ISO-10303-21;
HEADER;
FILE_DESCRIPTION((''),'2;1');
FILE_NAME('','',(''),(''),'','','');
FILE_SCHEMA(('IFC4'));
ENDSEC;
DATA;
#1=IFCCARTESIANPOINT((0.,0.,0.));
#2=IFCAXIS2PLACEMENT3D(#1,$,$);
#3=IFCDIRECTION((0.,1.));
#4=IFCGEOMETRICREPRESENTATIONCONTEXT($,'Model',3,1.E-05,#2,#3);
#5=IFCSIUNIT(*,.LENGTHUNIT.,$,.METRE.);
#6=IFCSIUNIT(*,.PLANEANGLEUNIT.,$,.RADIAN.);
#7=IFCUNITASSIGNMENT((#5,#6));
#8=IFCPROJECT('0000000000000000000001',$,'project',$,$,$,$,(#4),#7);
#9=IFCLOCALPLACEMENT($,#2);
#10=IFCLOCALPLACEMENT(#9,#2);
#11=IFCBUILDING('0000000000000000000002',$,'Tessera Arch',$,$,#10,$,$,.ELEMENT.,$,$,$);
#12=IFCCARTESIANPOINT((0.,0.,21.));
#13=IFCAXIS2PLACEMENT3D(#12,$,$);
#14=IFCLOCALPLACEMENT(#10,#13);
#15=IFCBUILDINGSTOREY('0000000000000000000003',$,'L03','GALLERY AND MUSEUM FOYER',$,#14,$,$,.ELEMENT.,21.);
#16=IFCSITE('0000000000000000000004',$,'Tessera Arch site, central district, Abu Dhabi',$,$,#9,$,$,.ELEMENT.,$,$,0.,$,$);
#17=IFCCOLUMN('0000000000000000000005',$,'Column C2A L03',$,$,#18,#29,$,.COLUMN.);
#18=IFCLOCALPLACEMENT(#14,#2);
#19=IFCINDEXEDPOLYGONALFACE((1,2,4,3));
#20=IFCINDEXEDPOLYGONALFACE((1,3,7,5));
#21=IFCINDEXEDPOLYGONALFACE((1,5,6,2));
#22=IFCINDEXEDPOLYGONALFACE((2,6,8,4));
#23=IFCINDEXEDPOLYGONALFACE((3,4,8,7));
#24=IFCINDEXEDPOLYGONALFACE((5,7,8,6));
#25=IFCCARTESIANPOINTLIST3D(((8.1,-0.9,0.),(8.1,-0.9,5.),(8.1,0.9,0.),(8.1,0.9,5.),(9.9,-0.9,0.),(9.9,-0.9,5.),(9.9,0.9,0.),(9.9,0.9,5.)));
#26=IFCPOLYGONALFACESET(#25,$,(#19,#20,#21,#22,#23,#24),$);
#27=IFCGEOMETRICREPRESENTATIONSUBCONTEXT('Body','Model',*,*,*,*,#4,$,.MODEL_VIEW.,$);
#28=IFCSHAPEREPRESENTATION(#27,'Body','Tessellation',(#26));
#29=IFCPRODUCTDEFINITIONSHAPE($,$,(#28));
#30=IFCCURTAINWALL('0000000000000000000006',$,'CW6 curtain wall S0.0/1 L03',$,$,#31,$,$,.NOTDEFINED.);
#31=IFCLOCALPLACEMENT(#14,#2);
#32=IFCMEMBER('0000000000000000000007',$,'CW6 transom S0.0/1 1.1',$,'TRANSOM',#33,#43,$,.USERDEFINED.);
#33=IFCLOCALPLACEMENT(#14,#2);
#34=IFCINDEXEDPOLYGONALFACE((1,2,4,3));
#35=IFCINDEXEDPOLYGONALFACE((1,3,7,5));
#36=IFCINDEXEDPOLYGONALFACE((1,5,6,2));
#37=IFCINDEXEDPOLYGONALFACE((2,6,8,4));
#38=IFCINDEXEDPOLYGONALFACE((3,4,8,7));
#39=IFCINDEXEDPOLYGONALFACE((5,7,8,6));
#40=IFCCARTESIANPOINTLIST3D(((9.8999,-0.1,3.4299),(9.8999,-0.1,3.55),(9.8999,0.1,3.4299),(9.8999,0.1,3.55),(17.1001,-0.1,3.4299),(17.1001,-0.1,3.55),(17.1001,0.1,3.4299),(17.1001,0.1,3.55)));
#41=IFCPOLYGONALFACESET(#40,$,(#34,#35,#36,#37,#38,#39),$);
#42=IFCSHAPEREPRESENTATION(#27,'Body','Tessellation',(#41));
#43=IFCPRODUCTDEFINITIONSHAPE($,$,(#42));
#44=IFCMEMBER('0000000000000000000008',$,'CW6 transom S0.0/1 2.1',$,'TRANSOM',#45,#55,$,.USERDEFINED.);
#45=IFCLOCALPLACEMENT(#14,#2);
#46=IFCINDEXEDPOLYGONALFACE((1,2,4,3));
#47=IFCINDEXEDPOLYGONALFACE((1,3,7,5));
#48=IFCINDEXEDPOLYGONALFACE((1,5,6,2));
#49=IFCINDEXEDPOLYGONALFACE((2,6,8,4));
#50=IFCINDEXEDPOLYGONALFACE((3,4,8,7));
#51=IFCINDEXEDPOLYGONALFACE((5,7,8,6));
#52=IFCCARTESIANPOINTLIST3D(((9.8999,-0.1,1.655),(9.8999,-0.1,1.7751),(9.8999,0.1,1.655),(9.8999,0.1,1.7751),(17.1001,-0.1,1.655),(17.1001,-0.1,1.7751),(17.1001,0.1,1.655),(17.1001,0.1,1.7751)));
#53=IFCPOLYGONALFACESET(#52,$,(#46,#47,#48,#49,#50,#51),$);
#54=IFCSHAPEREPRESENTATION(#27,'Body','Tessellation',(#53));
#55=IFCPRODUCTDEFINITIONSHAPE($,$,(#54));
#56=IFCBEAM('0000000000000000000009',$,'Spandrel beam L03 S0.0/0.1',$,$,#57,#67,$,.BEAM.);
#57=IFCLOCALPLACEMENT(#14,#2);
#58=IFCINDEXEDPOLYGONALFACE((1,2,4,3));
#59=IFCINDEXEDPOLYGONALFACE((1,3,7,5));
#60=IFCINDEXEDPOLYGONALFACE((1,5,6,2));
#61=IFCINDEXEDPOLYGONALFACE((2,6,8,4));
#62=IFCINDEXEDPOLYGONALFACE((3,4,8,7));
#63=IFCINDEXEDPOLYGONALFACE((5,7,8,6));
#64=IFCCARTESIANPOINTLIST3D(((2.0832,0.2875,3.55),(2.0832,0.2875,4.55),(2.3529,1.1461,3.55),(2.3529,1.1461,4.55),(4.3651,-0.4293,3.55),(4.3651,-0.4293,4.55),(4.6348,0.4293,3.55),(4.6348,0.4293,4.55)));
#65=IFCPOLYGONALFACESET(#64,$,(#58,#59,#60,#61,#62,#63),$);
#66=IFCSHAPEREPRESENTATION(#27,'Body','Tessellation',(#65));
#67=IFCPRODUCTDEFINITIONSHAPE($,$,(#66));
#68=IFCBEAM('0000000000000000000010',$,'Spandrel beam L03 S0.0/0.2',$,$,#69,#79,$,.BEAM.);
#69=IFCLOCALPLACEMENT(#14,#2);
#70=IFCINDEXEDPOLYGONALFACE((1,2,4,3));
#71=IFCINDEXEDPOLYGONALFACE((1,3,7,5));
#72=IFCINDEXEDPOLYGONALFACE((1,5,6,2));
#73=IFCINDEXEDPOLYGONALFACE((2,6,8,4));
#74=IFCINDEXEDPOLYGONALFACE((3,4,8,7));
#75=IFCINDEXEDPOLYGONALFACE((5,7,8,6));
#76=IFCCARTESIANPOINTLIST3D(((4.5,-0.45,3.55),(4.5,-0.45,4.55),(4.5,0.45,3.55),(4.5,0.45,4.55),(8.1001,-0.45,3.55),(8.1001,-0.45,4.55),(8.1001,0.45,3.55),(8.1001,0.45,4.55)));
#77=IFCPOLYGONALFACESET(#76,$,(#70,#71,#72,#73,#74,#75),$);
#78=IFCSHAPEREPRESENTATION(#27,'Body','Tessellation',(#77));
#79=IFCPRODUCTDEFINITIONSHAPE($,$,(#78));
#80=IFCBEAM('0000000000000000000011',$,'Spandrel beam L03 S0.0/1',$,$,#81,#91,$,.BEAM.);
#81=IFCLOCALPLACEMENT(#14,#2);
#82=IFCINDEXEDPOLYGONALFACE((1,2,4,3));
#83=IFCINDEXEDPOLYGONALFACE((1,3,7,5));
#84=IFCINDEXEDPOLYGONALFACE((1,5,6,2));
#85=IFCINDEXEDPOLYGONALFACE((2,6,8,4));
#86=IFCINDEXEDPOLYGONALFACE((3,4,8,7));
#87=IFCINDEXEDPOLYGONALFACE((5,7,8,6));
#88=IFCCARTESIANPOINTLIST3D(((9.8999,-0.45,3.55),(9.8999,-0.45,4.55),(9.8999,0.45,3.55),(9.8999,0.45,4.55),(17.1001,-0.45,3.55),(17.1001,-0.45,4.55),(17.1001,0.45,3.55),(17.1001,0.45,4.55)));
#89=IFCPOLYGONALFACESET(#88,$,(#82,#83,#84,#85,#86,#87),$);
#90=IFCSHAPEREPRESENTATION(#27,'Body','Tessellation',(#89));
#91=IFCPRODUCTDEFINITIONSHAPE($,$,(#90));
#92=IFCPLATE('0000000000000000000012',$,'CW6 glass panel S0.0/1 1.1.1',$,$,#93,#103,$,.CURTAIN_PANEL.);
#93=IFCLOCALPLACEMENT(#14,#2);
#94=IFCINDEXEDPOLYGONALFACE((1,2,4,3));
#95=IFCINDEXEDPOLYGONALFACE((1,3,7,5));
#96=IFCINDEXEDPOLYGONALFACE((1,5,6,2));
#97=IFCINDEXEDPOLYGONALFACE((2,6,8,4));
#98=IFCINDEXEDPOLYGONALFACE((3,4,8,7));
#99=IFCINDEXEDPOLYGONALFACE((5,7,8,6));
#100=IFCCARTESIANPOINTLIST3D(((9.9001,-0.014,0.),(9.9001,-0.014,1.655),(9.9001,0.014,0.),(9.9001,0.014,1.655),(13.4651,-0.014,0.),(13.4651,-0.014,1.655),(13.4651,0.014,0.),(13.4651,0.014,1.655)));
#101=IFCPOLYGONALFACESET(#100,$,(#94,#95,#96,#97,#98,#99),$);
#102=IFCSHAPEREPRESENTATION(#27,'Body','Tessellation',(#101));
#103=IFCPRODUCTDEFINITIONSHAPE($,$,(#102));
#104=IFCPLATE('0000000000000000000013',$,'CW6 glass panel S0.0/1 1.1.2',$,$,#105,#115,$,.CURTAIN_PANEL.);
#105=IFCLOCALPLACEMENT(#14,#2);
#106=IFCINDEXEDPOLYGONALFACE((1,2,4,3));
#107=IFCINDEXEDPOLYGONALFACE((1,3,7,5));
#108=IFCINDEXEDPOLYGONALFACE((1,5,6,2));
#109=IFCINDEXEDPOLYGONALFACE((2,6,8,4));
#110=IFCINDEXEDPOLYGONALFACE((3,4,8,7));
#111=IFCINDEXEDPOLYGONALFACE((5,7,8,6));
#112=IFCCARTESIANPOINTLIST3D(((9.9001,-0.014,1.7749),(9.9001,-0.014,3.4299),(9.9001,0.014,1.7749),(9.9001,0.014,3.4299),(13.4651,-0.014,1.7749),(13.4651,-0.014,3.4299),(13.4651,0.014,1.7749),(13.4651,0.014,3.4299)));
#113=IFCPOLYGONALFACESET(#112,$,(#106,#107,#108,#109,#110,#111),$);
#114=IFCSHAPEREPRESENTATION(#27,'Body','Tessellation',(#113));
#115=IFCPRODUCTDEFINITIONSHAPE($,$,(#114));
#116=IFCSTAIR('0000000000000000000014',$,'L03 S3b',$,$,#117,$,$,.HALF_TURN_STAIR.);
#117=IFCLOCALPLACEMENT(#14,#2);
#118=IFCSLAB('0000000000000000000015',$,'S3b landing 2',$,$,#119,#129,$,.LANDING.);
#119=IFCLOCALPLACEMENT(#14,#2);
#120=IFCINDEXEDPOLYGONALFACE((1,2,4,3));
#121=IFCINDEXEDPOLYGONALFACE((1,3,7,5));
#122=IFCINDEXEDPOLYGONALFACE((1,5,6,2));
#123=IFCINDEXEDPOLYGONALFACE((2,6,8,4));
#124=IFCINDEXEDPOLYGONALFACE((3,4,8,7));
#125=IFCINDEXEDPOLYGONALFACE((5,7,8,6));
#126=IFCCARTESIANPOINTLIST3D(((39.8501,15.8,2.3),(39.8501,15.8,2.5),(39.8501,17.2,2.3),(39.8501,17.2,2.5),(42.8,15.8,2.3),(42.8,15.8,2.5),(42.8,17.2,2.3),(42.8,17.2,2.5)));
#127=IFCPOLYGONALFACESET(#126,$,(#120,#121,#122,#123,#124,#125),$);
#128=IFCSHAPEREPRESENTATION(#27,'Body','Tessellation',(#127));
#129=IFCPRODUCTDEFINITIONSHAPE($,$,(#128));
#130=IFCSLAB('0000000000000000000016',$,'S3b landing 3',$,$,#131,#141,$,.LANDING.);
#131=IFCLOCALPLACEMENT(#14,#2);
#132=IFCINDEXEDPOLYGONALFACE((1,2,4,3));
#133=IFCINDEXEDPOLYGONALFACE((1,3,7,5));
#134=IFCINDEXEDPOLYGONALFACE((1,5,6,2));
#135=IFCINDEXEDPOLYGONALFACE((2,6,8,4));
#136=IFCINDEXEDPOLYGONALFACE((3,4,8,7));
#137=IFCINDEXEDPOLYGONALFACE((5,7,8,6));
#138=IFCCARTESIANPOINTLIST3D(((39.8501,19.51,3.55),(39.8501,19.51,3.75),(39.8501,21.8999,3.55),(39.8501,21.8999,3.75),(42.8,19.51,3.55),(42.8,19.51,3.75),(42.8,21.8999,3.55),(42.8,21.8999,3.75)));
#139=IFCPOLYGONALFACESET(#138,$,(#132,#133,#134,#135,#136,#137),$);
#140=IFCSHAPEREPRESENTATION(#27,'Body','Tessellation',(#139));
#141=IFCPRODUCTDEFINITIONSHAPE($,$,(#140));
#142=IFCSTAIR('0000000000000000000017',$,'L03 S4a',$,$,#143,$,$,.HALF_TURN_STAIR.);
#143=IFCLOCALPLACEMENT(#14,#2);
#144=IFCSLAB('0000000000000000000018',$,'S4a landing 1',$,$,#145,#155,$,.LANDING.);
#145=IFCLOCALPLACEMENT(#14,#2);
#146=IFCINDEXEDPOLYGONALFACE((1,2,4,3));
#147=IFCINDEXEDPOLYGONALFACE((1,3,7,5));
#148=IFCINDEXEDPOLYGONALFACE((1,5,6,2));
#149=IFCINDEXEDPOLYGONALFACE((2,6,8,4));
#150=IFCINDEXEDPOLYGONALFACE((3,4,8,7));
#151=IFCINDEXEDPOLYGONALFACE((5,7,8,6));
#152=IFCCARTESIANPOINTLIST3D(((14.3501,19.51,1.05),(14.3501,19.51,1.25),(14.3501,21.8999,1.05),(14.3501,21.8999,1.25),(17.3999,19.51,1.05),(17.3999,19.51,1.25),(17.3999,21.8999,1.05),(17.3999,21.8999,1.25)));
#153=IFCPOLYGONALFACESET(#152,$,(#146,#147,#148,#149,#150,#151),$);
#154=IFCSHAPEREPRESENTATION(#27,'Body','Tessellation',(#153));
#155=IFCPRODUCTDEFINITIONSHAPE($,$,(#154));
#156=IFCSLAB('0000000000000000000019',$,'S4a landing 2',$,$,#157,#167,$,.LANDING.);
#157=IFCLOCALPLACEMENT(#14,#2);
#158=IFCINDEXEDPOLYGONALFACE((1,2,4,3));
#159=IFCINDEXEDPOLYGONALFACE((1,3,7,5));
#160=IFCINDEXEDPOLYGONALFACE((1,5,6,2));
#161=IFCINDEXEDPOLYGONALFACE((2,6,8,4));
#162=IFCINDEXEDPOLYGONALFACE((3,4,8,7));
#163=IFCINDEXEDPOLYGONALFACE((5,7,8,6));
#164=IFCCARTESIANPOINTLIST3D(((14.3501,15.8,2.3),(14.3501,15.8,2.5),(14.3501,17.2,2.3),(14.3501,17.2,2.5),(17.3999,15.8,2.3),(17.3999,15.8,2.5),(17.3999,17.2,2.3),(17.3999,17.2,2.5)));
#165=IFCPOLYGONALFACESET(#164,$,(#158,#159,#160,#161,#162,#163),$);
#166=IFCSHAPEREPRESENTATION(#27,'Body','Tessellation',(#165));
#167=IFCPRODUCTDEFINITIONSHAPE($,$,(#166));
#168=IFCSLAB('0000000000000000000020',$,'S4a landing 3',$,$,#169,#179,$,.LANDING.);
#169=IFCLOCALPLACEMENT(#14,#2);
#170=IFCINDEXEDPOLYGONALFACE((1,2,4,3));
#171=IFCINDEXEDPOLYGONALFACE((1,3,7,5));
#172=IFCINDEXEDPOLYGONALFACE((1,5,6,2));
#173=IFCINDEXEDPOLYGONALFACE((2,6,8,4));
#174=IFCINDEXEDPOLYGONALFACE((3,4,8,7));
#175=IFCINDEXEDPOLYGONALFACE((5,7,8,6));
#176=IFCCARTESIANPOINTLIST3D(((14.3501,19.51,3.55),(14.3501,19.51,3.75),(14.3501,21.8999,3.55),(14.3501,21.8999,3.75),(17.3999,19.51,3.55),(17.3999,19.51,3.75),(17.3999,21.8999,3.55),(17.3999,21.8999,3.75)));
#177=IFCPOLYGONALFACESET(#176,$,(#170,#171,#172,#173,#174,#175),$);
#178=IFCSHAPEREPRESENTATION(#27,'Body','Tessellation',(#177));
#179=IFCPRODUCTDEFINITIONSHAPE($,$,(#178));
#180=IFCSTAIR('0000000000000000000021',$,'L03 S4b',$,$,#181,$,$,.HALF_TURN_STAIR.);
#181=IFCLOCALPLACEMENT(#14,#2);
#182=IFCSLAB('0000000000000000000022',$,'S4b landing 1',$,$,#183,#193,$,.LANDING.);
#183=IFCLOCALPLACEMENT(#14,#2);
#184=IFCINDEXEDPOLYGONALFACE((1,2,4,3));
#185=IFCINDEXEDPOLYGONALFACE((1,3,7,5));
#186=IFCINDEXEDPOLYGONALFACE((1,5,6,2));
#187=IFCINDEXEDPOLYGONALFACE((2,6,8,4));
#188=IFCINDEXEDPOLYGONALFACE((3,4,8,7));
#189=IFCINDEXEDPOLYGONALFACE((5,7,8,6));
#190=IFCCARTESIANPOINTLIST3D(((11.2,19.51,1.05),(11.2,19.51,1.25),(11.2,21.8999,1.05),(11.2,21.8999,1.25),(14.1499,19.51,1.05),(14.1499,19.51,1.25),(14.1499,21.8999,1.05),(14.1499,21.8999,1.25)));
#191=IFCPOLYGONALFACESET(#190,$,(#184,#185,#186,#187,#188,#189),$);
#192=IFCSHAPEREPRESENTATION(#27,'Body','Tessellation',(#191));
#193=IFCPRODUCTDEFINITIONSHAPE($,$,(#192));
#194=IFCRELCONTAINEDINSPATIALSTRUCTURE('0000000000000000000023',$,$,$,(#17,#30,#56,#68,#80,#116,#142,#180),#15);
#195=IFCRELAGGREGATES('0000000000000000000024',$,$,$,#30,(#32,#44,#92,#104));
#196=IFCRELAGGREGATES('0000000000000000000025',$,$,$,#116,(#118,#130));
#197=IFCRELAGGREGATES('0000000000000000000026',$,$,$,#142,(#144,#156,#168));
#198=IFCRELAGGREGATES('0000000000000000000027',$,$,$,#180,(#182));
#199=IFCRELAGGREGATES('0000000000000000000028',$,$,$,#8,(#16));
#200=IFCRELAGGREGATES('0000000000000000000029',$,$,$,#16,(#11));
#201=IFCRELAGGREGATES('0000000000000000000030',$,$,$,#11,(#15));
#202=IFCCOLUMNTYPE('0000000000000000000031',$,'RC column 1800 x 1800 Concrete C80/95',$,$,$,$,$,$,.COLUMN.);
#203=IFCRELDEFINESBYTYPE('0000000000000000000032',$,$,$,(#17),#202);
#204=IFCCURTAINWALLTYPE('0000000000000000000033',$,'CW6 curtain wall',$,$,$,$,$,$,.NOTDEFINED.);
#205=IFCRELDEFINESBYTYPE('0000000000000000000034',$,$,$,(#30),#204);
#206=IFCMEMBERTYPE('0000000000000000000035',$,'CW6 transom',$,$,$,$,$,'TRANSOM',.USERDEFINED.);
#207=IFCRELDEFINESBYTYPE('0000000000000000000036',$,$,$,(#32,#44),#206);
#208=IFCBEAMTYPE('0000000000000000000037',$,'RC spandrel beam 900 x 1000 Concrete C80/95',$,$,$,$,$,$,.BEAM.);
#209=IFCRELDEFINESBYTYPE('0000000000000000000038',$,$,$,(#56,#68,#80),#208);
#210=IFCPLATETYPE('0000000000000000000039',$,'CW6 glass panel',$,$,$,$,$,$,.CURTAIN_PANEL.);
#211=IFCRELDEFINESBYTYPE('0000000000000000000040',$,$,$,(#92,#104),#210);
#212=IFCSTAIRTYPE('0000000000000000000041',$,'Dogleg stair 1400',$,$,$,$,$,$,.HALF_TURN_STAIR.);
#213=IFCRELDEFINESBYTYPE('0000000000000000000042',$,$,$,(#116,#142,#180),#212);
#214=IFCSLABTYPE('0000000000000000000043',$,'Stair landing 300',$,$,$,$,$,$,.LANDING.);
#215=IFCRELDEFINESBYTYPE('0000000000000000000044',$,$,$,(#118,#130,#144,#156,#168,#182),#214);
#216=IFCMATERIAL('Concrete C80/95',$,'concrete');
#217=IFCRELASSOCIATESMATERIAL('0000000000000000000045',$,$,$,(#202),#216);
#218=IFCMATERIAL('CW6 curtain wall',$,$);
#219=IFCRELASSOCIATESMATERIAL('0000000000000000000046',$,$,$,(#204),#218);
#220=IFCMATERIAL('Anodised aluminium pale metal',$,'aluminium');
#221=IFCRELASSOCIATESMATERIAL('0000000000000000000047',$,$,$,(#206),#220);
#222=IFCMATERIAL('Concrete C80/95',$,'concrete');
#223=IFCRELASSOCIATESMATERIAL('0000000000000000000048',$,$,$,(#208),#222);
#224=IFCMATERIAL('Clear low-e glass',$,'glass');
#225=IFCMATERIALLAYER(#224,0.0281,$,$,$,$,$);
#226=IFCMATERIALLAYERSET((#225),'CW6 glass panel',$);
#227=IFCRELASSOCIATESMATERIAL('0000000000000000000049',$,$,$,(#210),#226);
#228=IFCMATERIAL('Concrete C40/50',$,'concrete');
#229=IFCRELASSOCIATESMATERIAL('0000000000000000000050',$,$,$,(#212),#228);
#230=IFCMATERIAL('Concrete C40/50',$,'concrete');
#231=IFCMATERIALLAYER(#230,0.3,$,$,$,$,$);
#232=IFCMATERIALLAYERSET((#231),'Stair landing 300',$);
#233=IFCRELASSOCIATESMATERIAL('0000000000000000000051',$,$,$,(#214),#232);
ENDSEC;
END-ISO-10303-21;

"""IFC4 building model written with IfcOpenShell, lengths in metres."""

from ifc_helpers import new_model, si_unit, direction, frame, origin, origin_2d, place, context, subcontext, project, spatial, polyline, rectangle, outline, extrude, material, layer, layer_set, material_profile, profile_set, type_object, element, aggregate, save


model = new_model("IFC4")

# Units and contexts
model_context = context("Model", 3, precision=1e-05, world=origin(), true_north=direction((0.0, 1.0)))
body_context = subcontext(model_context, "Body", "Model", "MODEL_VIEW")
ifc_project = project(units=[si_unit("LENGTHUNIT", "METRE"), si_unit("PLANEANGLEUNIT", "RADIAN")], contexts=[model_context])

# Site, building, storey
site_placement = place(None, origin())
site = spatial("IfcSite", under=ifc_project, at=site_placement, Name="Tessera Arch site, central district, Abu Dhabi", CompositionType="ELEMENT", RefElevation=0.0)
building_placement = place(site_placement, origin())
building = spatial("IfcBuilding", under=site, at=building_placement, Name="Tessera Arch", CompositionType="ELEMENT")
storey_placement = place(building_placement, frame((0.0, 0.0, 21.0)))
storey = spatial("IfcBuildingStorey", under=building, at=storey_placement, Name="L03", Description="GALLERY AND MUSEUM FOYER", CompositionType="ELEMENT", Elevation=21.0)

# Column
ifc_material_1 = material(Name="Concrete C80/95", Category="concrete")
ifc_material_profile_1 = material_profile(ifc_material_1, rectangle(XDim=1.8, YDim=1.8, at=origin_2d()), Name="RC column 1800 x 1800 Concrete C80/95")
ifc_profile_set_1 = profile_set([ifc_material_profile_1], Name="Concrete C80/95")
column_type = type_object("IfcColumnType", Name="RC column 1800 x 1800 Concrete C80/95", PredefinedType="COLUMN", material=ifc_profile_set_1)
column_placement = place(storey_placement, frame((9.0, 0.0, 0.0), z_axis=(0.0, 0.0, 1.0), x_axis=(1.0, 0.0, 0.0)))
element("IfcColumn", 1, at=column_placement, inside=storey, type_object=column_type, Name="Column C2A L03", PredefinedType="COLUMN", context=body_context, shape_type="SweptSolid", body=[
    extrude(rectangle(XDim=1.8, YDim=1.8, at=origin_2d()), origin(), (0.0, 0.0, 1.0), 5.0),
])

# Curtain wall, members
ifc_material_2 = material(Name="CW6 curtain wall")
curtain_wall_type = type_object("IfcCurtainWallType", Name="CW6 curtain wall", PredefinedType="NOTDEFINED", material=ifc_material_2)
curtain_wall_placement = place(storey_placement, origin())
curtain_wall = element("IfcCurtainWall", 2, at=curtain_wall_placement, inside=storey, type_object=curtain_wall_type, Name="CW6 curtain wall S0.0/1 L03", PredefinedType="NOTDEFINED")
ifc_material_3 = material(Name="Anodised aluminium pale metal", Category="aluminium")
ifc_material_profile_2 = material_profile(ifc_material_3, rectangle(XDim=0.2, YDim=0.1201, at=origin_2d()), Name="AL 200x120")
ifc_profile_set_2 = profile_set([ifc_material_profile_2], Name="Anodised aluminium pale metal")
member_type = type_object("IfcMemberType", Name="CW6 transom", ElementType="TRANSOM", PredefinedType="USERDEFINED", material=ifc_profile_set_2)
member_1_placement = place(storey_placement, frame((9.8999, 0.0, 3.49), z_axis=(1.0, 0.0, 0.0), x_axis=(0.0, 1.0, 0.0)))
member_1 = element("IfcMember", 3, at=member_1_placement, type_object=member_type, Name="CW6 transom S0.0/1 1.1", ObjectType="TRANSOM", PredefinedType="USERDEFINED", context=body_context, shape_type="SweptSolid", body=[
    extrude(rectangle(XDim=0.2, YDim=0.1201, at=origin_2d()), origin(), (0.0, 0.0, 1.0), 7.2002),
])
member_2_placement = place(storey_placement, frame((9.8999, 0.0, 1.7151), z_axis=(1.0, 0.0, 0.0), x_axis=(0.0, 1.0, 0.0)))
member_2 = element("IfcMember", 4, at=member_2_placement, type_object=member_type, Name="CW6 transom S0.0/1 2.1", ObjectType="TRANSOM", PredefinedType="USERDEFINED", context=body_context, shape_type="SweptSolid", body=[
    extrude(rectangle(XDim=0.2, YDim=0.1201, at=origin_2d()), origin(), (0.0, 0.0, 1.0), 7.2002),
])

# Beams
ifc_material_4 = material(Name="Concrete C80/95", Category="concrete")
ifc_material_profile_3 = material_profile(ifc_material_4, rectangle(XDim=0.8999, YDim=1.0, at=origin_2d()), Name="RC spandrel beam 900 x 1000 Concrete C80/95")
ifc_profile_set_3 = profile_set([ifc_material_profile_3], Name="Concrete C80/95")
beam_type = type_object("IfcBeamType", Name="RC spandrel beam 900 x 1000 Concrete C80/95", PredefinedType="BEAM", material=ifc_profile_set_3)
beam_1_placement = place(storey_placement, frame((2.218, 0.7168, 4.05), z_axis=(0.954041, -0.299675, 0.0), x_axis=(0.299675, 0.954041, 0.0)))
element("IfcBeam", 5, at=beam_1_placement, inside=storey, type_object=beam_type, Name="Spandrel beam L03 S0.0/0.1", PredefinedType="BEAM", context=body_context, shape_type="SweptSolid", body=[
    extrude(rectangle(XDim=0.8999, YDim=1.0, at=origin_2d()), origin(), (0.0, 0.0, 1.0), 2.3918),
])
beam_2_placement = place(storey_placement, frame((4.5, 0.0, 4.05), z_axis=(1.0, 0.0, 0.0), x_axis=(0.0, 1.0, 0.0)))
element("IfcBeam", 6, at=beam_2_placement, inside=storey, type_object=beam_type, Name="Spandrel beam L03 S0.0/0.2", PredefinedType="BEAM", context=body_context, shape_type="SweptSolid", body=[
    extrude(rectangle(XDim=0.8999, YDim=1.0, at=origin_2d()), origin(), (0.0, 0.0, 1.0), 3.6001),
])
beam_3_placement = place(storey_placement, frame((9.8999, 0.0, 4.05), z_axis=(1.0, 0.0, 0.0), x_axis=(0.0, 1.0, 0.0)))
element("IfcBeam", 7, at=beam_3_placement, inside=storey, type_object=beam_type, Name="Spandrel beam L03 S0.0/1", PredefinedType="BEAM", context=body_context, shape_type="SweptSolid", body=[
    extrude(rectangle(XDim=0.8999, YDim=1.0, at=origin_2d()), origin(), (0.0, 0.0, 1.0), 7.2002),
])

# Plates
ifc_material_5 = material(Name="Clear low-e glass", Category="glass")
ifc_layer_1 = layer(ifc_material_5, 0.0281)
ifc_layer_set_1 = layer_set([ifc_layer_1], Name="CW6 glass panel")
plate_type = type_object("IfcPlateType", Name="CW6 glass panel", PredefinedType="CURTAIN_PANEL", material=ifc_layer_set_1)
plate_1_placement = place(storey_placement, frame((11.6826, 0.0, 0.0), z_axis=(0.0, 0.0, 1.0), x_axis=(1.0, 0.0, 0.0)))
plate_1 = element("IfcPlate", 8, at=plate_1_placement, type_object=plate_type, Name="CW6 glass panel S0.0/1 1.1.1", PredefinedType="CURTAIN_PANEL", context=body_context, shape_type="SweptSolid", body=[
    extrude(rectangle(XDim=3.5649, YDim=0.0281, at=origin_2d()), origin(), (0.0, 0.0, 1.0), 1.655),
])
plate_2_placement = place(storey_placement, frame((11.6826, 0.0, 1.7749), z_axis=(0.0, 0.0, 1.0), x_axis=(1.0, 0.0, 0.0)))
plate_2 = element("IfcPlate", 9, at=plate_2_placement, type_object=plate_type, Name="CW6 glass panel S0.0/1 1.1.2", PredefinedType="CURTAIN_PANEL", context=body_context, shape_type="SweptSolid", body=[
    extrude(rectangle(XDim=3.5649, YDim=0.0281, at=origin_2d()), origin(), (0.0, 0.0, 1.0), 1.655),
])
aggregate(curtain_wall, [member_1, member_2, plate_1, plate_2])

# Stairs, slabs
ifc_material_6 = material(Name="Concrete C40/50", Category="concrete")
stair_type = type_object("IfcStairType", Name="Dogleg stair 1400", PredefinedType="HALF_TURN_STAIR", material=ifc_material_6)
stair_1_placement = place(storey_placement, origin())
stair_1 = element("IfcStair", 10, at=stair_1_placement, inside=storey, type_object=stair_type, Name="L03 S3b", PredefinedType="HALF_TURN_STAIR")
ifc_material_7 = material(Name="Concrete C40/50", Category="concrete")
ifc_layer_2 = layer(ifc_material_7, 0.3)
ifc_layer_set_2 = layer_set([ifc_layer_2], Name="Stair landing 300")
slab_type = type_object("IfcSlabType", Name="Stair landing 300", PredefinedType="LANDING", material=ifc_layer_set_2)
slab_1_placement = place(storey_placement, frame((0.0, 0.0, 2.3)))
slab_1 = element("IfcSlab", 11, at=slab_1_placement, type_object=slab_type, Name="S3b landing 2", PredefinedType="LANDING", context=body_context, shape_type="SweptSolid", body=[
    extrude(outline(polyline([(42.8, 15.8), (42.8, 17.2), (39.8501, 17.2), (39.8501, 15.8), (42.8, 15.8)])), origin(), (0.0, 0.0, 1.0), 0.2),
])
slab_2_placement = place(storey_placement, frame((0.0, 0.0, 3.55)))
slab_2 = element("IfcSlab", 12, at=slab_2_placement, type_object=slab_type, Name="S3b landing 3", PredefinedType="LANDING", context=body_context, shape_type="SweptSolid", body=[
    extrude(outline(polyline([(42.8, 19.51), (42.8, 21.8999), (39.8501, 21.8999), (39.8501, 19.51), (42.8, 19.51)])), origin(), (0.0, 0.0, 1.0), 0.2),
])
aggregate(stair_1, [slab_1, slab_2])
stair_2_placement = place(storey_placement, origin())
stair_2 = element("IfcStair", 13, at=stair_2_placement, inside=storey, type_object=stair_type, Name="L03 S4a", PredefinedType="HALF_TURN_STAIR")
slab_3_placement = place(storey_placement, frame((0.0, 0.0, 1.05)))
slab_3 = element("IfcSlab", 14, at=slab_3_placement, type_object=slab_type, Name="S4a landing 1", PredefinedType="LANDING", context=body_context, shape_type="SweptSolid", body=[
    extrude(outline(polyline([(17.3999, 19.51), (17.3999, 21.8999), (14.3501, 21.8999), (14.3501, 19.51), (17.3999, 19.51)])), origin(), (0.0, 0.0, 1.0), 0.2),
])
slab_4_placement = place(storey_placement, frame((0.0, 0.0, 2.3)))
slab_4 = element("IfcSlab", 15, at=slab_4_placement, type_object=slab_type, Name="S4a landing 2", PredefinedType="LANDING", context=body_context, shape_type="SweptSolid", body=[
    extrude(outline(polyline([(17.3999, 15.8), (17.3999, 17.2), (14.3501, 17.2), (14.3501, 15.8), (17.3999, 15.8)])), origin(), (0.0, 0.0, 1.0), 0.2),
])
slab_5_placement = place(storey_placement, frame((0.0, 0.0, 3.55)))
slab_5 = element("IfcSlab", 16, at=slab_5_placement, type_object=slab_type, Name="S4a landing 3", PredefinedType="LANDING", context=body_context, shape_type="SweptSolid", body=[
    extrude(outline(polyline([(17.3999, 19.51), (17.3999, 21.8999), (14.3501, 21.8999), (14.3501, 19.51), (17.3999, 19.51)])), origin(), (0.0, 0.0, 1.0), 0.2),
])
aggregate(stair_2, [slab_3, slab_4, slab_5])
stair_3_placement = place(storey_placement, origin())
stair_3 = element("IfcStair", 17, at=stair_3_placement, inside=storey, type_object=stair_type, Name="L03 S4b", PredefinedType="HALF_TURN_STAIR")
slab_6_placement = place(storey_placement, frame((0.0, 0.0, 1.05)))
slab_6 = element("IfcSlab", 18, at=slab_6_placement, type_object=slab_type, Name="S4b landing 1", PredefinedType="LANDING", context=body_context, shape_type="SweptSolid", body=[
    extrude(outline(polyline([(14.1499, 19.51), (14.1499, 21.8999), (11.2, 21.8999), (11.2, 19.51), (14.1499, 19.51)])), origin(), (0.0, 0.0, 1.0), 0.2),
])
aggregate(stair_3, [slab_6])

save(model, "model.ifc")
